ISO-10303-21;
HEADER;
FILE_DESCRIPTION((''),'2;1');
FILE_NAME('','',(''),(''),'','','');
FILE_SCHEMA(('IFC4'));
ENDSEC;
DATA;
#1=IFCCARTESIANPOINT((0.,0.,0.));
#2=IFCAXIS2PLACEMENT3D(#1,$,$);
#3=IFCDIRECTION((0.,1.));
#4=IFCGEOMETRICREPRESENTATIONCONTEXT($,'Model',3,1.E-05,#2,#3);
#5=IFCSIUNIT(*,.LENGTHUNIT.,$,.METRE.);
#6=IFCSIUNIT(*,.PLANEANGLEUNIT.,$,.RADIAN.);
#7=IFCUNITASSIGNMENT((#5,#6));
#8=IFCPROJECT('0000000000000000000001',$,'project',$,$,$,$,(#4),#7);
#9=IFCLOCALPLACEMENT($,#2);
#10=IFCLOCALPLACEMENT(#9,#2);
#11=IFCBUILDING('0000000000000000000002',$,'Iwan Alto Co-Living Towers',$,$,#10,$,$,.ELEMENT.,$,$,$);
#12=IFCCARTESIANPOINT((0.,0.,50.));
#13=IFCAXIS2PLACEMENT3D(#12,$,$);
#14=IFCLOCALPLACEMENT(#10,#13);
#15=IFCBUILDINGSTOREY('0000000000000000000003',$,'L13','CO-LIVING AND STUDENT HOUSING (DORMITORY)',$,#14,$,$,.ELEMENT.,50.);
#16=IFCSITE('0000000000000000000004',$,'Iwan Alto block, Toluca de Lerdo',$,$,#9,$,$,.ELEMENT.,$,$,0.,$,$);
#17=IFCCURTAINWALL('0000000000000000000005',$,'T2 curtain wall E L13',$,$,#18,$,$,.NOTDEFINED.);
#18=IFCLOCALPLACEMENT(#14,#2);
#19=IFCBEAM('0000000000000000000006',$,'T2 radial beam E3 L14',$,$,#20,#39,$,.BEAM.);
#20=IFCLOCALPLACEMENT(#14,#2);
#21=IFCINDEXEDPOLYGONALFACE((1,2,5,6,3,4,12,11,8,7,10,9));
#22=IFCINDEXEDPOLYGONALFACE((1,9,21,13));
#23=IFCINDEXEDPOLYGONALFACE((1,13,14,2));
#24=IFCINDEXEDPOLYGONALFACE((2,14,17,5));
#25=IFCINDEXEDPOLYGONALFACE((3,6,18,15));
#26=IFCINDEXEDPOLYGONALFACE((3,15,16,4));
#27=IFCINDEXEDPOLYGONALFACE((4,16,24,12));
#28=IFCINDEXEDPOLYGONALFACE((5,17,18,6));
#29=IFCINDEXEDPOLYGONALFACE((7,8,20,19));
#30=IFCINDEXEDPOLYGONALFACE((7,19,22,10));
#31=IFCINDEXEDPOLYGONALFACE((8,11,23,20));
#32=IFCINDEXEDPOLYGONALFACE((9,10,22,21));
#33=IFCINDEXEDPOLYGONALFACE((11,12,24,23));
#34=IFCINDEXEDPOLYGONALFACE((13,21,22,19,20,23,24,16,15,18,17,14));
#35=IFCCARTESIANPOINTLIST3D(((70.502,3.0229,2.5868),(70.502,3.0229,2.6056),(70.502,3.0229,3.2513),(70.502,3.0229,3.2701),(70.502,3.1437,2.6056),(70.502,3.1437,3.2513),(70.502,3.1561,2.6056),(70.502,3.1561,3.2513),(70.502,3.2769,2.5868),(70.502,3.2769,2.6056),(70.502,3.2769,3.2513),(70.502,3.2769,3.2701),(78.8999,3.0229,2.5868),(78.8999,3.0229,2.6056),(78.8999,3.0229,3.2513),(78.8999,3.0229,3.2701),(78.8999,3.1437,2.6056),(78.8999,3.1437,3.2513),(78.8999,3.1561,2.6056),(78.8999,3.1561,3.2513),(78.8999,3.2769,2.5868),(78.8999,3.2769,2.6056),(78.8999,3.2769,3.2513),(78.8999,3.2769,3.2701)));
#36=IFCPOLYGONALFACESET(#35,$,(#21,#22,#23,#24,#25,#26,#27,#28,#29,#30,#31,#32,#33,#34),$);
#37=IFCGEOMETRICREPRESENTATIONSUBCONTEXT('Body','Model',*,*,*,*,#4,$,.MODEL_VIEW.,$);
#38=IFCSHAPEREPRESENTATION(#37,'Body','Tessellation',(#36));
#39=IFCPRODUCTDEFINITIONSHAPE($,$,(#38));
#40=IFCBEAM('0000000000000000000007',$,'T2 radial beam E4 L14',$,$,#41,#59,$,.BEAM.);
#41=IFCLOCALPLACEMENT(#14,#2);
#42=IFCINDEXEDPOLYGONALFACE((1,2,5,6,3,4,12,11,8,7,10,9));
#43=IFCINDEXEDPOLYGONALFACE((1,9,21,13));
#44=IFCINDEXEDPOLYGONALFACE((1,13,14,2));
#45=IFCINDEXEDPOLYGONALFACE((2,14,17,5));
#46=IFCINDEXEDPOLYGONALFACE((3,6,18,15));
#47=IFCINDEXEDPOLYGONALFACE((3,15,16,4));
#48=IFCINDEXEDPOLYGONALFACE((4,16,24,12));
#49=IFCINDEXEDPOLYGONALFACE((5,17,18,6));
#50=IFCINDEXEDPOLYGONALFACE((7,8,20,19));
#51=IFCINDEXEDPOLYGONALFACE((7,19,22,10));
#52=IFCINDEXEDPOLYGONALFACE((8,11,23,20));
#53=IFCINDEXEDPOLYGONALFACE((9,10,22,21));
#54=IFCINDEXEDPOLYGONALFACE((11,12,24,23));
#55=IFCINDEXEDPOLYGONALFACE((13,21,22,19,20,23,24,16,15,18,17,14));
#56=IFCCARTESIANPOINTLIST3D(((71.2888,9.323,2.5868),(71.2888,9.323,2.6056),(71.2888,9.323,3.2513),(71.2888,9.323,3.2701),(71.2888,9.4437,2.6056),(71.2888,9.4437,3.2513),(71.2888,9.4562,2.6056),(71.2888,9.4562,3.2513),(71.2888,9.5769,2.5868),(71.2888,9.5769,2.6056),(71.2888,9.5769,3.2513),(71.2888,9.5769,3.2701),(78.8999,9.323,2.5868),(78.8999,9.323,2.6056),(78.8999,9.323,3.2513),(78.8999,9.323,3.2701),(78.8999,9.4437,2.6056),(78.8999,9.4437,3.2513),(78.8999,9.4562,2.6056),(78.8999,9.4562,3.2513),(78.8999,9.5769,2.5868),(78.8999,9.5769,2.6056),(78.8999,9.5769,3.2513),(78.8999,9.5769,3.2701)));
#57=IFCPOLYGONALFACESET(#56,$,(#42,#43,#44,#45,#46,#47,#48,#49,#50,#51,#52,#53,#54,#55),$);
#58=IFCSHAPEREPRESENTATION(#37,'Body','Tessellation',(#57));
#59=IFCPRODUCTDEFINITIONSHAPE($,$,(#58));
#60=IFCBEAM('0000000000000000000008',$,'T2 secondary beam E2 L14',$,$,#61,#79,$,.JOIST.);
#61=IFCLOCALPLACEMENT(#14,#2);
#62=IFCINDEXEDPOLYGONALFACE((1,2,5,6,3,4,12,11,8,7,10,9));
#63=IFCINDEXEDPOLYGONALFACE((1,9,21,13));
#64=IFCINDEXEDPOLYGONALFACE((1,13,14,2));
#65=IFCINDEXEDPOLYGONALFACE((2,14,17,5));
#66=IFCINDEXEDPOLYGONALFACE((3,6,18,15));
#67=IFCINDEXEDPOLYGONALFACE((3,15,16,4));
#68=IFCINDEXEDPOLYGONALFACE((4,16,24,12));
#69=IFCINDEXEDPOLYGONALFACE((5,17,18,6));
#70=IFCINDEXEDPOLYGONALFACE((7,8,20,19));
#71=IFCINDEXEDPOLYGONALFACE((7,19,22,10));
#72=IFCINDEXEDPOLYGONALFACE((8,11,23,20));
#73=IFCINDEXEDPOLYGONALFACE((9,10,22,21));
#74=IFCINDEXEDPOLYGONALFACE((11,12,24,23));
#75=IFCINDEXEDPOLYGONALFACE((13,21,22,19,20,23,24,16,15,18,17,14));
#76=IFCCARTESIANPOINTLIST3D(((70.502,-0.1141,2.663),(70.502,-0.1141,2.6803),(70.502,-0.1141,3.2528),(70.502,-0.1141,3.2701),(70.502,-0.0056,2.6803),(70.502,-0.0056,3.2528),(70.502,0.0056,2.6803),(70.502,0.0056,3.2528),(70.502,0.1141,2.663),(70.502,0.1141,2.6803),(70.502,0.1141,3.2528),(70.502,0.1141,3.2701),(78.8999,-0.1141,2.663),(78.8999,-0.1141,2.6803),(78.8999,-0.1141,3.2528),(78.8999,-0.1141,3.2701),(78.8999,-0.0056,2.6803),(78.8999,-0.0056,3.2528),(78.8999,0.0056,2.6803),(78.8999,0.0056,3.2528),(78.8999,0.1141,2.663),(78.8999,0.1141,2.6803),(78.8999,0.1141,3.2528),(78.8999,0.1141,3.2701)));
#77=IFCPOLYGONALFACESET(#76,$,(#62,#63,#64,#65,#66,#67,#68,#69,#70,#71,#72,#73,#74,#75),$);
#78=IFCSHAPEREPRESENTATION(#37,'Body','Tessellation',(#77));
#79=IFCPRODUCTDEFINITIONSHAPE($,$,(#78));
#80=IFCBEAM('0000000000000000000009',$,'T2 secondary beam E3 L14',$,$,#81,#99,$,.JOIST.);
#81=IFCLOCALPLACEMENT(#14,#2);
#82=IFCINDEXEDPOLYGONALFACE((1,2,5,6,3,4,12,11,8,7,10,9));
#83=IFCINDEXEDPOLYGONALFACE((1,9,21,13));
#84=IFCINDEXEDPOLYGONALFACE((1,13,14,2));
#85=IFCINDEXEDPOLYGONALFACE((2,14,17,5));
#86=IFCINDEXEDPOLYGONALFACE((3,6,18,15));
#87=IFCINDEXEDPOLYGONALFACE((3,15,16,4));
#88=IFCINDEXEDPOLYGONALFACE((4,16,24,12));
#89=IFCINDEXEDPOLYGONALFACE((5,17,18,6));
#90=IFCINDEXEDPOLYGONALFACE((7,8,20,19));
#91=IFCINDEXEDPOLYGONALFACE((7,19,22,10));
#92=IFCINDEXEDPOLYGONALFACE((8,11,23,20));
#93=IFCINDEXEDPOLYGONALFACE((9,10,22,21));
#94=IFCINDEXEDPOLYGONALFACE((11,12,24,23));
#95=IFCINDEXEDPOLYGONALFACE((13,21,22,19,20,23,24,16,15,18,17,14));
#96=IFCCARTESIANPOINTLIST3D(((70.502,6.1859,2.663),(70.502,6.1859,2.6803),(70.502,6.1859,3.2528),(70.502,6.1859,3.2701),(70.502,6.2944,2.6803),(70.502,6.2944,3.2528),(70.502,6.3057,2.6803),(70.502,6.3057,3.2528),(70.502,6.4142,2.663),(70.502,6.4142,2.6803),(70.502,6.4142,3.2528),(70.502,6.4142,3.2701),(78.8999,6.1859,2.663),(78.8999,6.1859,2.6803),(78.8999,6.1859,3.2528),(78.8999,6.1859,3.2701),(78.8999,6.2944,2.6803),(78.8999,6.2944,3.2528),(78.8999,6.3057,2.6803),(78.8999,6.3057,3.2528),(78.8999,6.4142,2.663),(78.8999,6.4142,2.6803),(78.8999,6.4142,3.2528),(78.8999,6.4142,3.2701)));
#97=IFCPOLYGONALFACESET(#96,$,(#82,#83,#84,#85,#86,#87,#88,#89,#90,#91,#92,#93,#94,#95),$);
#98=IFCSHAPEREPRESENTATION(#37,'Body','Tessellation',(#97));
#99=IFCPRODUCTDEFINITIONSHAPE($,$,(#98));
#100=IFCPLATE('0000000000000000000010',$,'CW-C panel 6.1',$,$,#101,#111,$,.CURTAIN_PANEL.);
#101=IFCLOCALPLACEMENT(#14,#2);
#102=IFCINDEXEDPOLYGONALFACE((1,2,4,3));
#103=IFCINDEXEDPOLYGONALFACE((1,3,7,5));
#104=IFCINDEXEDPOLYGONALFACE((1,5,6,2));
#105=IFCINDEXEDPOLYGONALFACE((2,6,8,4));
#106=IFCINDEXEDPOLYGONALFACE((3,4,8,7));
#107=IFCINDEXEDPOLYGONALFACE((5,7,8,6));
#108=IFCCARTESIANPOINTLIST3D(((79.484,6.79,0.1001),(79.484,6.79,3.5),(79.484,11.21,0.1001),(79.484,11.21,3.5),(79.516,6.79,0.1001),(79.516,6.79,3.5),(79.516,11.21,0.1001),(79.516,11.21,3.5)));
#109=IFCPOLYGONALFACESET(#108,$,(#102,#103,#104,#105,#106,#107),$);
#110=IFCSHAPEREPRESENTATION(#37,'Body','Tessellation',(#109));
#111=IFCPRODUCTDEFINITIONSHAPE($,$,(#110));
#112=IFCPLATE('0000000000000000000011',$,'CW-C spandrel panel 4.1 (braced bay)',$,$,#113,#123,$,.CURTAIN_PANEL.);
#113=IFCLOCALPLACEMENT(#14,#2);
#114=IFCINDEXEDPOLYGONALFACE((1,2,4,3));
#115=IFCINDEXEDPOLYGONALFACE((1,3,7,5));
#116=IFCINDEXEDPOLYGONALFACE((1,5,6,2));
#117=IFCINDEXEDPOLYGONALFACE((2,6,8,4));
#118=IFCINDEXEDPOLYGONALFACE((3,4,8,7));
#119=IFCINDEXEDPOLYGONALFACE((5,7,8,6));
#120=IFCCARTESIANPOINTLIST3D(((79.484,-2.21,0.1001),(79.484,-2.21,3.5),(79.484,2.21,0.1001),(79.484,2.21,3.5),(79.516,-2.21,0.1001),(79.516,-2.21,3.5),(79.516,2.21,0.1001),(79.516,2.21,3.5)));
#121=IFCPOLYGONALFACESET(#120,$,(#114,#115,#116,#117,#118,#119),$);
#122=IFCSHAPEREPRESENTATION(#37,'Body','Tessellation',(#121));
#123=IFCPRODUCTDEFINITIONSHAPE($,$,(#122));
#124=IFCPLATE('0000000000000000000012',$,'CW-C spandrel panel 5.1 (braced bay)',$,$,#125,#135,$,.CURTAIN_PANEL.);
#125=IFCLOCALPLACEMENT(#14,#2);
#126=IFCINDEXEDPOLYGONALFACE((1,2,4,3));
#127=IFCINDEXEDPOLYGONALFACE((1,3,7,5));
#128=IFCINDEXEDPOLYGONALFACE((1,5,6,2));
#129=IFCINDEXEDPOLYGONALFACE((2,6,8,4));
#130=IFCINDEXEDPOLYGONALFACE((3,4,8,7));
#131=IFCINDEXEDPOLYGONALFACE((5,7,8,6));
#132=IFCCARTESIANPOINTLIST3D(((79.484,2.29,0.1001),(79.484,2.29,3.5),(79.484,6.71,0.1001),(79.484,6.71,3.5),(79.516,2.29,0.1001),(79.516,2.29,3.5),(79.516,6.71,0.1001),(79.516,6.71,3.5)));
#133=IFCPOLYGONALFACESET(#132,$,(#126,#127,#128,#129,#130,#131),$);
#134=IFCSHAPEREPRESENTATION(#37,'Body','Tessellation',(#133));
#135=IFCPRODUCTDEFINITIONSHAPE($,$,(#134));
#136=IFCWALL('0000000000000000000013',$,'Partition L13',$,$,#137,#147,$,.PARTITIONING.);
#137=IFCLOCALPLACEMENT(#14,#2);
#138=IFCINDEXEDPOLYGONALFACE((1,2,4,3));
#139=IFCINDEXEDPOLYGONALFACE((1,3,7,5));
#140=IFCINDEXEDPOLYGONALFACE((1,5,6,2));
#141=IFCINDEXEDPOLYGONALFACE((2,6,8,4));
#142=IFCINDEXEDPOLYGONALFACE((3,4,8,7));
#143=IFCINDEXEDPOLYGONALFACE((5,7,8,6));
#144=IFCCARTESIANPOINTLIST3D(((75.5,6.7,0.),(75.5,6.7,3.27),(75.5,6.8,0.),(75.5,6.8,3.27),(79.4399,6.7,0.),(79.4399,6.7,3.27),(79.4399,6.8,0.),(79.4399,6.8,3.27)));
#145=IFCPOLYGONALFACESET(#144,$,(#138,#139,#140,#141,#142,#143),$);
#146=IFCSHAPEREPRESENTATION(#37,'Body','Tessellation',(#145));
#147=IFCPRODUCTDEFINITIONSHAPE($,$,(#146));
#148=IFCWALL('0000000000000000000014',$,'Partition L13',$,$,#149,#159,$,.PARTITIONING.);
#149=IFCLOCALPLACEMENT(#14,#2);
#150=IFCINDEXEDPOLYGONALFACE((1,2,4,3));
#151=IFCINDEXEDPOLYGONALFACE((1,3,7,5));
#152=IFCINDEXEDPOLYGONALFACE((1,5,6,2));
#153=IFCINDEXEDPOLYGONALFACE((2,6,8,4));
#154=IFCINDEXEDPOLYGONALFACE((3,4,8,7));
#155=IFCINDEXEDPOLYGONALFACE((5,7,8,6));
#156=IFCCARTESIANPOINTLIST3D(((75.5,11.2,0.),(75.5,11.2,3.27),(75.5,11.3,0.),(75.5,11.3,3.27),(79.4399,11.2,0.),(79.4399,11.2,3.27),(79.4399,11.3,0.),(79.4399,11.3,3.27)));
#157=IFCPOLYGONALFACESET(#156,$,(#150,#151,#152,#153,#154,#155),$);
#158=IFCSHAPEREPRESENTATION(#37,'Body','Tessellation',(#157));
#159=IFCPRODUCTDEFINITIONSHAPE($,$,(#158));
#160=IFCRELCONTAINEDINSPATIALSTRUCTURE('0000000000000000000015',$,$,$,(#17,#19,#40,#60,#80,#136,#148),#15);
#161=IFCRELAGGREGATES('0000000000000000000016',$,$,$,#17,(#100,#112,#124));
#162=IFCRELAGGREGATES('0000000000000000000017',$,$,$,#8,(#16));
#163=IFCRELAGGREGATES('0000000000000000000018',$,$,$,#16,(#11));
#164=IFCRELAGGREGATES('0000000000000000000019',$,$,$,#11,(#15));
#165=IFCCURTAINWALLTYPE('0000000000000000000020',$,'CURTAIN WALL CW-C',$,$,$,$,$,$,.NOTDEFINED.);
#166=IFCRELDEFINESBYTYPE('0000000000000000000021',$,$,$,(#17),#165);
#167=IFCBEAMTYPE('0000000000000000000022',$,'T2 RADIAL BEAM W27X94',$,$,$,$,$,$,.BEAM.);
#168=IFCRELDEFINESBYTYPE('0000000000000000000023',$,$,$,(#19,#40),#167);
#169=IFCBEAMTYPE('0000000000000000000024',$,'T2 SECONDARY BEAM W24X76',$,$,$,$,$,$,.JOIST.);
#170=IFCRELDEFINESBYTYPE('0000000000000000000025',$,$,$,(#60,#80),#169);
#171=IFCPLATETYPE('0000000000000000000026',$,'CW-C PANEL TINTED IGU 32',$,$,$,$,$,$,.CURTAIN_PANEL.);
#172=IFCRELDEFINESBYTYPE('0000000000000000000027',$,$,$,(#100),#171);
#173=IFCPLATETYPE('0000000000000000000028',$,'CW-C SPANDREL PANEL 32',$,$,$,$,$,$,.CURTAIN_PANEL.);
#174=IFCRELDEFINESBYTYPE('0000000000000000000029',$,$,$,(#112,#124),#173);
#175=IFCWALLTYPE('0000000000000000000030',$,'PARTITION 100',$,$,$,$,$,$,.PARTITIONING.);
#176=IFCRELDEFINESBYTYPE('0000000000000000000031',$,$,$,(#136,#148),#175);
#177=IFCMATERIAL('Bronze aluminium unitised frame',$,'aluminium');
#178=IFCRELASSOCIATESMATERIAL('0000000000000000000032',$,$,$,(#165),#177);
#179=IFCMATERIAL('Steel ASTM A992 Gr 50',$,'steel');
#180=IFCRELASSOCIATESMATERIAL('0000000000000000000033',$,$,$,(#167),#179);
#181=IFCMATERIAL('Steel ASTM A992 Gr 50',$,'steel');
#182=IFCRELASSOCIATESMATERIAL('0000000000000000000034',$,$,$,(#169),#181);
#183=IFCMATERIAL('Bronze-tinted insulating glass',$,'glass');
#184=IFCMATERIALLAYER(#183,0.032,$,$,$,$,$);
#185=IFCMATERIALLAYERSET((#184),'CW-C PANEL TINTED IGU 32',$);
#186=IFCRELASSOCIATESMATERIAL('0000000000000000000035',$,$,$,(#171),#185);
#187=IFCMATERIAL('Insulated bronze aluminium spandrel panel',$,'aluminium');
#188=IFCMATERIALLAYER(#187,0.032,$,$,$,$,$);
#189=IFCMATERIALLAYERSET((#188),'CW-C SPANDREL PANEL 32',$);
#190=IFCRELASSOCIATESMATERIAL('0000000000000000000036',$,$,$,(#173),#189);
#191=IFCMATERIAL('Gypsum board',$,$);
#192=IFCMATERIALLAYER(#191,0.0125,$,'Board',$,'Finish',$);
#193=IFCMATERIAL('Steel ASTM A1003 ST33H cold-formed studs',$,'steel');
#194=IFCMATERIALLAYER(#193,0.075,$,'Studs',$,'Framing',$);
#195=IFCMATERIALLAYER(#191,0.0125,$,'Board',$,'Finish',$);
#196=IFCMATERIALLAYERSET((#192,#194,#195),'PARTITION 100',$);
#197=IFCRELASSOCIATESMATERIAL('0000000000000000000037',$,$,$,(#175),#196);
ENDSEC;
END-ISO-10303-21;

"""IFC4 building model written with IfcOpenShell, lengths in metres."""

from ifc_helpers import new_model, si_unit, direction, frame, frame_2d, origin, origin_2d, place, context, subcontext, project, spatial, rectangle, i_section, extrude, material, layer, layer_set, material_profile, profile_set, type_object, element, aggregate, save


model = new_model("IFC4")

# Units and contexts
model_context = context("Model", 3, precision=1e-05, world=origin(), true_north=direction((0.0, 1.0)))
body_context = subcontext(model_context, "Body", "Model", "MODEL_VIEW")
ifc_project = project(units=[si_unit("LENGTHUNIT", "METRE"), si_unit("PLANEANGLEUNIT", "RADIAN")], contexts=[model_context])

# Site, building, storey
site_placement = place(None, origin())
site = spatial("IfcSite", under=ifc_project, at=site_placement, Name="Iwan Alto block, Toluca de Lerdo", CompositionType="ELEMENT", RefElevation=0.0)
building_placement = place(site_placement, origin())
building = spatial("IfcBuilding", under=site, at=building_placement, Name="Iwan Alto Co-Living Towers", CompositionType="ELEMENT")
storey_placement = place(building_placement, frame((0.0, 0.0, 50.0)))
storey = spatial("IfcBuildingStorey", under=building, at=storey_placement, Name="L13", Description="CO-LIVING AND STUDENT HOUSING (DORMITORY)", CompositionType="ELEMENT", Elevation=50.0)

# Curtain wall
ifc_material_1 = material(Name="Bronze aluminium unitised frame", Category="aluminium")
curtain_wall_type = type_object("IfcCurtainWallType", Name="CURTAIN WALL CW-C", PredefinedType="NOTDEFINED", material=ifc_material_1)
curtain_wall_placement = place(storey_placement, origin())
curtain_wall = element("IfcCurtainWall", 1, at=curtain_wall_placement, inside=storey, type_object=curtain_wall_type, Name="T2 curtain wall E L13", PredefinedType="NOTDEFINED")

# Beams
ifc_material_2 = material(Name="Steel ASTM A992 Gr 50", Category="steel")
ifc_material_profile_1 = material_profile(ifc_material_2, i_section(OverallWidth=0.2539, OverallDepth=0.6833, WebThickness=0.0125, FlangeThickness=0.0188, at=origin_2d()), Name="W27X94")
ifc_profile_set_1 = profile_set([ifc_material_profile_1], Name="Steel ASTM A992 Gr 50")
beam_type_1 = type_object("IfcBeamType", Name="T2 RADIAL BEAM W27X94", PredefinedType="BEAM", material=ifc_profile_set_1)
beam_1_placement = place(storey_placement, frame((78.8999, 3.1499, 2.9285), z_axis=(-1.0, 0.0, 0.0), x_axis=(0.0, -1.0, 0.0)))
element("IfcBeam", 2, at=beam_1_placement, inside=storey, type_object=beam_type_1, Name="T2 radial beam E3 L14", PredefinedType="BEAM", context=body_context, shape_type="SweptSolid", body=[
    extrude(i_section(OverallWidth=0.2539, OverallDepth=0.6833, WebThickness=0.0125, FlangeThickness=0.0188, at=origin_2d()), origin(), (0.0, 0.0, 1.0), 8.3979),
])
beam_2_placement = place(storey_placement, frame((78.8999, 9.45, 2.9285), z_axis=(-1.0, 0.0, 0.0), x_axis=(0.0, -1.0, 0.0)))
element("IfcBeam", 3, at=beam_2_placement, inside=storey, type_object=beam_type_1, Name="T2 radial beam E4 L14", PredefinedType="BEAM", context=body_context, shape_type="SweptSolid", body=[
    extrude(i_section(OverallWidth=0.2539, OverallDepth=0.6833, WebThickness=0.0125, FlangeThickness=0.0188, at=origin_2d()), origin(), (0.0, 0.0, 1.0), 7.6111),
])
ifc_material_3 = material(Name="Steel ASTM A992 Gr 50", Category="steel")
ifc_material_profile_2 = material_profile(ifc_material_3, i_section(OverallWidth=0.2283, OverallDepth=0.6072, WebThickness=0.0112, FlangeThickness=0.0173, at=origin_2d()), Name="W24X76")
ifc_profile_set_2 = profile_set([ifc_material_profile_2], Name="Steel ASTM A992 Gr 50")
beam_type_2 = type_object("IfcBeamType", Name="T2 SECONDARY BEAM W24X76", PredefinedType="JOIST", material=ifc_profile_set_2)
for number, where, z_axis, x_axis, name in (
    (4, (78.8999, 0.0, 2.9666), (-1.0, 0.0, 0.0), (0.0, -1.0, 0.0), "T2 secondary beam E2 L14"),
    (5, (78.8999, 6.3, 2.9666), (-1.0, 0.0, 0.0), (0.0, -1.0, 0.0), "T2 secondary beam E3 L14"),
):
    element("IfcBeam", number, at=place(storey_placement, frame(where, z_axis=z_axis, x_axis=x_axis)), inside=storey, type_object=beam_type_2, Name=name, PredefinedType="JOIST", context=body_context, shape_type="SweptSolid", body=[
        extrude(i_section(OverallWidth=0.2283, OverallDepth=0.6072, WebThickness=0.0112, FlangeThickness=0.0173, at=origin_2d()), origin(), (0.0, 0.0, 1.0), 8.3979),
    ])

# Plates
ifc_material_4 = material(Name="Bronze-tinted insulating glass", Category="glass")
ifc_layer_1 = layer(ifc_material_4, 0.032)
ifc_layer_set_1 = layer_set([ifc_layer_1], Name="CW-C PANEL TINTED IGU 32")
plate_type_1 = type_object("IfcPlateType", Name="CW-C PANEL TINTED IGU 32", PredefinedType="CURTAIN_PANEL", material=ifc_layer_set_1)
plate_1_placement = place(storey_placement, frame((79.5, 9.0, 0.1001), z_axis=(0.0, 0.0, 1.0), x_axis=(0.0, 1.0, 0.0)))
plate_1 = element("IfcPlate", 6, at=plate_1_placement, type_object=plate_type_1, Name="CW-C panel 6.1", PredefinedType="CURTAIN_PANEL", context=body_context, shape_type="SweptSolid", body=[
    extrude(rectangle(XDim=4.4199, YDim=0.032, at=origin_2d()), origin(), (0.0, 0.0, 1.0), 3.3999),
])
ifc_material_5 = material(Name="Insulated bronze aluminium spandrel panel", Category="aluminium")
ifc_layer_2 = layer(ifc_material_5, 0.032)
ifc_layer_set_2 = layer_set([ifc_layer_2], Name="CW-C SPANDREL PANEL 32")
plate_type_2 = type_object("IfcPlateType", Name="CW-C SPANDREL PANEL 32", PredefinedType="CURTAIN_PANEL", material=ifc_layer_set_2)
plate_2_placement = place(storey_placement, frame((79.5, 0.0, 0.1001), z_axis=(0.0, 0.0, 1.0), x_axis=(0.0, 1.0, 0.0)))
plate_2 = element("IfcPlate", 7, at=plate_2_placement, type_object=plate_type_2, Name="CW-C spandrel panel 4.1 (braced bay)", PredefinedType="CURTAIN_PANEL", context=body_context, shape_type="SweptSolid", body=[
    extrude(rectangle(XDim=4.4199, YDim=0.032, at=origin_2d()), origin(), (0.0, 0.0, 1.0), 3.3999),
])
plate_3_placement = place(storey_placement, frame((79.5, 4.5, 0.1001), z_axis=(0.0, 0.0, 1.0), x_axis=(0.0, 1.0, 0.0)))
plate_3 = element("IfcPlate", 8, at=plate_3_placement, type_object=plate_type_2, Name="CW-C spandrel panel 5.1 (braced bay)", PredefinedType="CURTAIN_PANEL", context=body_context, shape_type="SweptSolid", body=[
    extrude(rectangle(XDim=4.4199, YDim=0.032, at=origin_2d()), origin(), (0.0, 0.0, 1.0), 3.3999),
])
aggregate(curtain_wall, [plate_1, plate_2, plate_3])

# Walls
ifc_material_6 = material(Name="Gypsum board")
ifc_layer_3 = layer(ifc_material_6, 0.0125, Name="Board", Category="Finish")
ifc_material_7 = material(Name="Steel ASTM A1003 ST33H cold-formed studs", Category="steel")
ifc_layer_4 = layer(ifc_material_7, 0.075, Name="Studs", Category="Framing")
ifc_layer_5 = layer(ifc_material_6, 0.0125, Name="Board", Category="Finish")
ifc_layer_set_3 = layer_set([ifc_layer_3, ifc_layer_4, ifc_layer_5], Name="PARTITION 100")
wall_type = type_object("IfcWallType", Name="PARTITION 100", PredefinedType="PARTITIONING", material=ifc_layer_set_3)
for number, where, z_axis, x_axis, name in (
    (9, (75.5, 6.75, 0.0), (0.0, 0.0, 1.0), (1.0, 0.0, 0.0), "Partition L13"),
    (10, (75.5, 11.25, 0.0), (0.0, 0.0, 1.0), (1.0, 0.0, 0.0), "Partition L13"),
):
    element("IfcWall", number, at=place(storey_placement, frame(where, z_axis=z_axis, x_axis=x_axis)), inside=storey, type_object=wall_type, Name=name, PredefinedType="PARTITIONING", context=body_context, shape_type="SweptSolid", body=[
        extrude(rectangle(XDim=3.9399, YDim=0.1001, at=frame_2d((1.97, 0.0))), origin(), (0.0, 0.0, 1.0), 3.27),
    ])

save(model, "model.ifc")
